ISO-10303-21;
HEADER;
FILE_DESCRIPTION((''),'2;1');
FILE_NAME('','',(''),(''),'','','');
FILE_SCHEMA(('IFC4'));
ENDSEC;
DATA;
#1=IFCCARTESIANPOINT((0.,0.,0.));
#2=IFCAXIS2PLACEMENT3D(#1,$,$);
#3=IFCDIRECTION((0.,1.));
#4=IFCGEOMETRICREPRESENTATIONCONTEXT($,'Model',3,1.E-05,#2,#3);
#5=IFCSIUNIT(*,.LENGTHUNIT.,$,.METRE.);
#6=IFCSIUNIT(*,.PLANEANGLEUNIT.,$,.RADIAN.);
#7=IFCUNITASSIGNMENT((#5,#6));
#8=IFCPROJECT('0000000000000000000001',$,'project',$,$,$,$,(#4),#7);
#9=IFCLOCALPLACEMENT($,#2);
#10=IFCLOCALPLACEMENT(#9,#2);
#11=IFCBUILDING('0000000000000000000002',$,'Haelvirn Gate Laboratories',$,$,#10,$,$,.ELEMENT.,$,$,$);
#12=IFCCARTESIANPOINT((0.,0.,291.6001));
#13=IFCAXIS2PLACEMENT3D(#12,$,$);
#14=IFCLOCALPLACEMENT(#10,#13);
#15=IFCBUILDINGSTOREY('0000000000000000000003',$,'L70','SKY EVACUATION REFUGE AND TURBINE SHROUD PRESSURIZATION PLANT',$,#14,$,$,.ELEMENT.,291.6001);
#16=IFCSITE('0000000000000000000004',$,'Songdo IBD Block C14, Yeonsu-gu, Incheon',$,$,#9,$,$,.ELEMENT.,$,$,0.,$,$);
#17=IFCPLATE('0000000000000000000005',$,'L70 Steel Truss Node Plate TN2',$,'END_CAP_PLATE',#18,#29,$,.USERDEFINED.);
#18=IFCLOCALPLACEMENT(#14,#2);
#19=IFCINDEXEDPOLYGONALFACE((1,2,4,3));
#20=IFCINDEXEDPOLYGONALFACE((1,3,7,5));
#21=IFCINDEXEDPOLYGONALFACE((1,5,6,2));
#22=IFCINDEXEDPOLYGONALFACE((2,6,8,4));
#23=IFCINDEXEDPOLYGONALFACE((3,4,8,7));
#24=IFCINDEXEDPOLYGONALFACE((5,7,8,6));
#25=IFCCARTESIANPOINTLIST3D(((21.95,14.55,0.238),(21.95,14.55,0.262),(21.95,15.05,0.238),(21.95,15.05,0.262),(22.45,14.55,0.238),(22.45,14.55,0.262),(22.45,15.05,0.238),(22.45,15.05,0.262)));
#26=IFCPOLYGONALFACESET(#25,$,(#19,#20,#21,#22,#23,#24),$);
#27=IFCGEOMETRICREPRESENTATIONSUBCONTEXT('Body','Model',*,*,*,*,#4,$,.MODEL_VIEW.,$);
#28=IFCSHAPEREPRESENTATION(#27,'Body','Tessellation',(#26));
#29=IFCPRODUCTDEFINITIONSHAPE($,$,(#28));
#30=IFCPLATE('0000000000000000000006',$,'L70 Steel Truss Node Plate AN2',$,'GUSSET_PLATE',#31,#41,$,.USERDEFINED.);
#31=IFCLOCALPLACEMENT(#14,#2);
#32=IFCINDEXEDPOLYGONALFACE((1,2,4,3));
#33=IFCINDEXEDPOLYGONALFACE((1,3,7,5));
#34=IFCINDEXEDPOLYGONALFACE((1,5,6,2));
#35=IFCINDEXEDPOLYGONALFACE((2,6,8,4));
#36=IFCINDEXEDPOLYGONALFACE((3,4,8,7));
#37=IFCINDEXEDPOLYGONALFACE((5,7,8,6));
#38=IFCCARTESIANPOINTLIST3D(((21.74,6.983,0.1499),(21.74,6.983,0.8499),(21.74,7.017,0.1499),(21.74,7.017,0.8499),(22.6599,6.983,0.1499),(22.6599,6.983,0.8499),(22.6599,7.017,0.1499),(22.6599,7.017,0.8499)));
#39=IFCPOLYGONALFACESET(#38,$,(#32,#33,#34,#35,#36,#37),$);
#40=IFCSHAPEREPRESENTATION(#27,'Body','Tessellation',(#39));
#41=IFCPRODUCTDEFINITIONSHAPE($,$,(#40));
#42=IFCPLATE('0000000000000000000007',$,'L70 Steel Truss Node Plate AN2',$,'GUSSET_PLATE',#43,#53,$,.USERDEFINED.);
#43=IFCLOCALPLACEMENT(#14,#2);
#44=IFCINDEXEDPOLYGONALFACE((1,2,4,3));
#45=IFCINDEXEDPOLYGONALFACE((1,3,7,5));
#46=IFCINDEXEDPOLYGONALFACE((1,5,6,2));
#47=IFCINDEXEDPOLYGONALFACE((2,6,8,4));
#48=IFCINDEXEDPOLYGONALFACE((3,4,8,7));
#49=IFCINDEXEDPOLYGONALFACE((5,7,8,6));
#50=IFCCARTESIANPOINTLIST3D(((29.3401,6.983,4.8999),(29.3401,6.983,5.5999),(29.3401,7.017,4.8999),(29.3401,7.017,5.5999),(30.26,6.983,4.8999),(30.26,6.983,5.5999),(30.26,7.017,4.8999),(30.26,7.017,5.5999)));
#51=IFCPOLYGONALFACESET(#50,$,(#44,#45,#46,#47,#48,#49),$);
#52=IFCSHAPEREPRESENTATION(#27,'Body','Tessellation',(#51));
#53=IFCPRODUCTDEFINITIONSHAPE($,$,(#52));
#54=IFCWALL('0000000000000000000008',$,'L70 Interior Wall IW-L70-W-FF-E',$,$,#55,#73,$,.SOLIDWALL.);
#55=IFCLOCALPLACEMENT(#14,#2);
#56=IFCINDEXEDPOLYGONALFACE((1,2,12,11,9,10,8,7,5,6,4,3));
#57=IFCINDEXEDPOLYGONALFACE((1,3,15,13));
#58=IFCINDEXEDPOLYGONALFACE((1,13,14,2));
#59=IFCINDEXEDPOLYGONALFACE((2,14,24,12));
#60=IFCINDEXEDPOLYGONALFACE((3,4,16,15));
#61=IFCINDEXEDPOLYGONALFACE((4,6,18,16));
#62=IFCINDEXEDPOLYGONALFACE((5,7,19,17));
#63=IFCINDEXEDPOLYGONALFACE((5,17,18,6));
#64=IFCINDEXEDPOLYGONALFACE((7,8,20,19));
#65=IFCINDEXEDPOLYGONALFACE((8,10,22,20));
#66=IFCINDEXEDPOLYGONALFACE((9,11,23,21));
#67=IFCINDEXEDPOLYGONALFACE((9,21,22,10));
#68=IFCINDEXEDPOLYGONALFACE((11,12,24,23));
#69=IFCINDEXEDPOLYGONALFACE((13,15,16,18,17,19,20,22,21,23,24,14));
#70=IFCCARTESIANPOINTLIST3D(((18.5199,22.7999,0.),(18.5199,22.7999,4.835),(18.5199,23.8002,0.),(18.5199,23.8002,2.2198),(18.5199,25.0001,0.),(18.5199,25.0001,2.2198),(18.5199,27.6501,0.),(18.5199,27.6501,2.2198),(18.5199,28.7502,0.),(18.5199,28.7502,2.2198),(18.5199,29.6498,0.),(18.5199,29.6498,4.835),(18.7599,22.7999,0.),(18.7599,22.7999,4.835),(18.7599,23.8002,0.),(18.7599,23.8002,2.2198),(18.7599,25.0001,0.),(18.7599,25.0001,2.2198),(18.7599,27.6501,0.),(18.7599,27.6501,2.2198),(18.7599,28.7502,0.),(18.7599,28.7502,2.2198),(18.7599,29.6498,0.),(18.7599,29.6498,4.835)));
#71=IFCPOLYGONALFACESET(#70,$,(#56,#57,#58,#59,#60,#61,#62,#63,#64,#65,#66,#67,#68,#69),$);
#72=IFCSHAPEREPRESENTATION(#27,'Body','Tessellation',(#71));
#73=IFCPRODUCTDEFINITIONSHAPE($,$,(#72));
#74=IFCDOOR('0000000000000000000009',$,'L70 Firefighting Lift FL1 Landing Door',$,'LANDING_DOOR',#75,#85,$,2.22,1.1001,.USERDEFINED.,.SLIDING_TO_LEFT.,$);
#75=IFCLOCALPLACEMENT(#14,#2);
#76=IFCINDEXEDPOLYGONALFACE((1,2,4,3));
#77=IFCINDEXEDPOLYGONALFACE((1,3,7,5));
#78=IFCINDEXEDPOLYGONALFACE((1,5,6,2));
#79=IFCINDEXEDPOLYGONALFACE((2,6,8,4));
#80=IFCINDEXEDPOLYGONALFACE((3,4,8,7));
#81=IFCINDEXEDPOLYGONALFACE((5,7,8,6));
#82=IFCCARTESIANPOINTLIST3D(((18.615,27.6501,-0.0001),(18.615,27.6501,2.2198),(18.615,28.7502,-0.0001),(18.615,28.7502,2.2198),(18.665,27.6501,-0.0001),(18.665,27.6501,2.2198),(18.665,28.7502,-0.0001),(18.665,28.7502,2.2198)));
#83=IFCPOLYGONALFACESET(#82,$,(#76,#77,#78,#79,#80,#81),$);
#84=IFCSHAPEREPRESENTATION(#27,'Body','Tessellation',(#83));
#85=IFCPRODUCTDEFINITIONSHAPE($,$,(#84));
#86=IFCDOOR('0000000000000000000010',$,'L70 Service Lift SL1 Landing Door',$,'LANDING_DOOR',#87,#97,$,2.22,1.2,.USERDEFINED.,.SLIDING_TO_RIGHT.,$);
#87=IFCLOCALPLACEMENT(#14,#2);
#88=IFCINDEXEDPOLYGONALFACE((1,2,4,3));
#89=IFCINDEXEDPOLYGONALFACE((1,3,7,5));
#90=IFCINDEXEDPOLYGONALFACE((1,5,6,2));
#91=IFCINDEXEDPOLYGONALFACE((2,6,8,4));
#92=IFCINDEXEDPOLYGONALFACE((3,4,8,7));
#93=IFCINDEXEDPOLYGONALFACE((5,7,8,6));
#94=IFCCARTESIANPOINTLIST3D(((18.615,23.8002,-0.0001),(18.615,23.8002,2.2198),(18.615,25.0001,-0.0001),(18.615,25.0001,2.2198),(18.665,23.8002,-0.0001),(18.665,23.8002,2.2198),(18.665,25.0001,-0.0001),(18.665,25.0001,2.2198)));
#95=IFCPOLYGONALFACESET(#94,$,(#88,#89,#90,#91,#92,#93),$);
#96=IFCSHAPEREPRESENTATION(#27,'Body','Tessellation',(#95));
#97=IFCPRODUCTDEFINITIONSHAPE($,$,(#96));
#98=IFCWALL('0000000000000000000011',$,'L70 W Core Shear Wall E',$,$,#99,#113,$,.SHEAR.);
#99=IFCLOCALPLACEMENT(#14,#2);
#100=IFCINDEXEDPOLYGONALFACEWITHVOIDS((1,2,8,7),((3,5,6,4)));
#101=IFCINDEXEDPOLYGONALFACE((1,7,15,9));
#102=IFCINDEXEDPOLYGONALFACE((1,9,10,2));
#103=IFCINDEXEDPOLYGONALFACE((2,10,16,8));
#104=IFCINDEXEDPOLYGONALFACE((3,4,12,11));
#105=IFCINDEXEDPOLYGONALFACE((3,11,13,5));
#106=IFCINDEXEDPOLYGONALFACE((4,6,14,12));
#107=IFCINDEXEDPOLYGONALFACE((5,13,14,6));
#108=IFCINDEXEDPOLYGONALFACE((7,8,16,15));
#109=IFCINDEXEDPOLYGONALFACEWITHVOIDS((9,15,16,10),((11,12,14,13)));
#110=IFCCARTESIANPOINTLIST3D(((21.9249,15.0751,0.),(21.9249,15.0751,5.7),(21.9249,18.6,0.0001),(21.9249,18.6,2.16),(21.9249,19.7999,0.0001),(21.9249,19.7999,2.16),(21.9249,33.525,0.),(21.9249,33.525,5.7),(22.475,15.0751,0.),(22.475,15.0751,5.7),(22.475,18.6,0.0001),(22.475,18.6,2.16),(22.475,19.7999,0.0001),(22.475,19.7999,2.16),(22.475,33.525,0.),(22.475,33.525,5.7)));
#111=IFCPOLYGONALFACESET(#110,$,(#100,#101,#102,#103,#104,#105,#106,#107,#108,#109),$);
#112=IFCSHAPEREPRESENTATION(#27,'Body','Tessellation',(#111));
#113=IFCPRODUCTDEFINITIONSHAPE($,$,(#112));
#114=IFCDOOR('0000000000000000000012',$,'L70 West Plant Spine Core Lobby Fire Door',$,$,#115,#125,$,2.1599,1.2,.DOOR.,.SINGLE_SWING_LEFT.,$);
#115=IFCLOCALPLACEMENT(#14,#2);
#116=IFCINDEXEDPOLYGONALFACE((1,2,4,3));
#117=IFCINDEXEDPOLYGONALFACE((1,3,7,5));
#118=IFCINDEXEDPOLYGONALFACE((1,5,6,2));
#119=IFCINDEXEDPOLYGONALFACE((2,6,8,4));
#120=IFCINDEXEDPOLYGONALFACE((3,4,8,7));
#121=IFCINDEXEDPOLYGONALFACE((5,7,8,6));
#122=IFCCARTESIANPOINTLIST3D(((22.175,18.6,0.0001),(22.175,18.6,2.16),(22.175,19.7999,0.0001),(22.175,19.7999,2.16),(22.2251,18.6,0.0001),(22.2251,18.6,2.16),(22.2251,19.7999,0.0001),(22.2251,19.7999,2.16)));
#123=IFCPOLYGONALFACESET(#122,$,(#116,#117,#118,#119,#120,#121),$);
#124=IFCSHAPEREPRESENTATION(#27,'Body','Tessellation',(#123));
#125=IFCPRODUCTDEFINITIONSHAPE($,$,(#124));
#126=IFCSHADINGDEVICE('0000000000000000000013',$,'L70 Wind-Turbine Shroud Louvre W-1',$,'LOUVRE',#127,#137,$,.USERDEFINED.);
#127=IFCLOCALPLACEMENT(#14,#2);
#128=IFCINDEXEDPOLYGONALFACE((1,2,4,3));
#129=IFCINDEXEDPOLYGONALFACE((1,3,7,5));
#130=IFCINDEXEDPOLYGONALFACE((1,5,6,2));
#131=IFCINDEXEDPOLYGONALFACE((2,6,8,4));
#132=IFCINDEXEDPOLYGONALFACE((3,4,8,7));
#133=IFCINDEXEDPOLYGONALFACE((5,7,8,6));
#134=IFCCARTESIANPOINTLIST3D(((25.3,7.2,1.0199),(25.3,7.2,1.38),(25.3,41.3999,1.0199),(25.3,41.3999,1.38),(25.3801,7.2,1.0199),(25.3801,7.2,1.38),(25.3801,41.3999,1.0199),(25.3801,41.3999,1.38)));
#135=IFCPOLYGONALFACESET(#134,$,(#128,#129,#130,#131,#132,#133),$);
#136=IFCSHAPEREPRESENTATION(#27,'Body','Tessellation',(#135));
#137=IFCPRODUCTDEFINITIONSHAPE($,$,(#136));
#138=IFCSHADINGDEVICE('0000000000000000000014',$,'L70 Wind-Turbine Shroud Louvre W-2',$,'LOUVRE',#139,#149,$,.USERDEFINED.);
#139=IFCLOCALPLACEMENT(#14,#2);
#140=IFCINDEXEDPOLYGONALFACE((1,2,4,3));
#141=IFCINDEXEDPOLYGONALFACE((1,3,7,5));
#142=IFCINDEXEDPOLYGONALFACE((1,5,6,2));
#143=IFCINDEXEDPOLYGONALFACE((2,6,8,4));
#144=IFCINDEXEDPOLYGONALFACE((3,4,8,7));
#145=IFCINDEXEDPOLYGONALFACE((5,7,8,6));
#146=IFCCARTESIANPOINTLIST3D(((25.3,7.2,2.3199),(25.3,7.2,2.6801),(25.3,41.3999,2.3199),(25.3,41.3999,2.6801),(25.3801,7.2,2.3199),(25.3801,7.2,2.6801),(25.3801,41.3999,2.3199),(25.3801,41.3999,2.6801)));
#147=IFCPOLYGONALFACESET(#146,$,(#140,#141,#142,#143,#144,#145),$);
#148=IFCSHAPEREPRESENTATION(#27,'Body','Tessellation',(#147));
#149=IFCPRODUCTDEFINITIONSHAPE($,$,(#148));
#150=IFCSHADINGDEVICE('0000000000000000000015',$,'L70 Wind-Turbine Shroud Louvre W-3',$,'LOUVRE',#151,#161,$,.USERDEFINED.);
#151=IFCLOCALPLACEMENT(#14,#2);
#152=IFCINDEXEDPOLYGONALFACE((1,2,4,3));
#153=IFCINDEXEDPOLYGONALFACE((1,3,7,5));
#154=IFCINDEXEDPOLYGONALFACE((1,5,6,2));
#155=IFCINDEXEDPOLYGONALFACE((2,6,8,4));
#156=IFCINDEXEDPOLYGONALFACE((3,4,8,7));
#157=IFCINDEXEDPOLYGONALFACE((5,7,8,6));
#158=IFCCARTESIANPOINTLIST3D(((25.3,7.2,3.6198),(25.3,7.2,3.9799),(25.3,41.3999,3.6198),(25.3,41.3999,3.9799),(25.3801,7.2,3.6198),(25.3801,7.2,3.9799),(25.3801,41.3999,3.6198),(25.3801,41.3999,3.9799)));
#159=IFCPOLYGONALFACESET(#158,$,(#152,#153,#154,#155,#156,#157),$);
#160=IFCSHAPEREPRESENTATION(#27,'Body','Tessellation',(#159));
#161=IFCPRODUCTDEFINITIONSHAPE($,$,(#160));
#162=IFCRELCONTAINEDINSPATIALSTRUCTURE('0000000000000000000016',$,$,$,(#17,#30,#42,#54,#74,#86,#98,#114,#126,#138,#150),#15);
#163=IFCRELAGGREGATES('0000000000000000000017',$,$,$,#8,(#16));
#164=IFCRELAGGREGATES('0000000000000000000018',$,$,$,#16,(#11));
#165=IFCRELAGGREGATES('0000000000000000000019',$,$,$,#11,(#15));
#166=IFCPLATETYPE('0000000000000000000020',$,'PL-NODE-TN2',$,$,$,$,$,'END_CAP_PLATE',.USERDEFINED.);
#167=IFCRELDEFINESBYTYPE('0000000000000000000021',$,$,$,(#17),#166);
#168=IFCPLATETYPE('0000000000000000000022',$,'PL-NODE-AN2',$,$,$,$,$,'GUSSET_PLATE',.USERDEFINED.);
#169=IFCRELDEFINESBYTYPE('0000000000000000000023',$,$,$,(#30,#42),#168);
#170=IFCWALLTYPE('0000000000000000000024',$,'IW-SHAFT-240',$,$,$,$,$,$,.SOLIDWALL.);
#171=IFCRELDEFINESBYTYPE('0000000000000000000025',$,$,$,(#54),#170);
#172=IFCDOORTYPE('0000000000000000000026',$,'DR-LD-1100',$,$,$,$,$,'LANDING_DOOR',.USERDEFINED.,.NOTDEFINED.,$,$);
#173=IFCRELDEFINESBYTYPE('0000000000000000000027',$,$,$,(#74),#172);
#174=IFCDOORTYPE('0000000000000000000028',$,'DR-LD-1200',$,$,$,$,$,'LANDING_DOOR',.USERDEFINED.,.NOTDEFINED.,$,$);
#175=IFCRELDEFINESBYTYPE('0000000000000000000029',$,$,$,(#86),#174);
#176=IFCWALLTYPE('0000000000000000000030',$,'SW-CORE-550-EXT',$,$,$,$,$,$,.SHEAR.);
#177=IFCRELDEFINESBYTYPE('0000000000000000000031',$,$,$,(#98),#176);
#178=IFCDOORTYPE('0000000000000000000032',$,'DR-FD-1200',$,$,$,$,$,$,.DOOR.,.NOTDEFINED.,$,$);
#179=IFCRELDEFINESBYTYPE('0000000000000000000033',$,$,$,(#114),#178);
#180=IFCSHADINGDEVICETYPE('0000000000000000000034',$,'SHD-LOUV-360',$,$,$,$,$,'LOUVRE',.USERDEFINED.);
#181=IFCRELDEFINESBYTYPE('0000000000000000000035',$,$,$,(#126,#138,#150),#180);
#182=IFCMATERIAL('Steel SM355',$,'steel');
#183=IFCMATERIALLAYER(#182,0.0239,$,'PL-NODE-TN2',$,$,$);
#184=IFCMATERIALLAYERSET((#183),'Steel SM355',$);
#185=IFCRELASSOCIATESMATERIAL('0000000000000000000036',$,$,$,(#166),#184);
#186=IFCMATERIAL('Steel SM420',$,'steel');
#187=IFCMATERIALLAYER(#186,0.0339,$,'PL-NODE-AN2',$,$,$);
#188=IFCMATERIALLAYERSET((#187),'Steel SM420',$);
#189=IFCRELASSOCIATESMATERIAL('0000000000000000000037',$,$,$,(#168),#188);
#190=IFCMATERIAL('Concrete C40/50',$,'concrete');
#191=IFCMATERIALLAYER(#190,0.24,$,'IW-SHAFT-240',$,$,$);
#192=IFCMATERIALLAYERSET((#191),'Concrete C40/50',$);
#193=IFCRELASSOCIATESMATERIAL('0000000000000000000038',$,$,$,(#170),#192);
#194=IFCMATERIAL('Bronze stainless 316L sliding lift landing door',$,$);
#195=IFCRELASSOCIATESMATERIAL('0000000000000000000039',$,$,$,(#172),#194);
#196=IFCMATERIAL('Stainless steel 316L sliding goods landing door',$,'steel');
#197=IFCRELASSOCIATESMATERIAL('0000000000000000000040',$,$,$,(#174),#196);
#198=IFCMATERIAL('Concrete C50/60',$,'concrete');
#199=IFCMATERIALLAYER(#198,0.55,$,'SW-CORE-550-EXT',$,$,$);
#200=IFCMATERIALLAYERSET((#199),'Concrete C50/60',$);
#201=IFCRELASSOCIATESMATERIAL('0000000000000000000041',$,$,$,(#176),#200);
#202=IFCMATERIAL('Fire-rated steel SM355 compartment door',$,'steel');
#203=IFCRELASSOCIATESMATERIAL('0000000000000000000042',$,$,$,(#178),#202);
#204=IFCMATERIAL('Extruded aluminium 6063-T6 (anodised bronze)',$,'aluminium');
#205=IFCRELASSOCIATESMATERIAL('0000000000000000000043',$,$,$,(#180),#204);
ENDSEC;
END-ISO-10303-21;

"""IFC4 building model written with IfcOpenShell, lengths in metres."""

from ifc_helpers import new_model, si_unit, direction, frame, frame_2d, origin, origin_2d, place, context, subcontext, project, spatial, rectangle, extrude, source, transform, mapped, material, layer, layer_set, material_profile, profile_set, type_object, type_shapes, element, fill, save


model = new_model("IFC4")

# Units and contexts
model_context = context("Model", 3, precision=1e-05, world=origin(), true_north=direction((0.0, 1.0)))
body_context = subcontext(model_context, "Body", "Model", "MODEL_VIEW")
ifc_project = project(units=[si_unit("LENGTHUNIT", "METRE"), si_unit("PLANEANGLEUNIT", "RADIAN")], contexts=[model_context])

# Site, building, storey
site_placement = place(None, origin())
site = spatial("IfcSite", under=ifc_project, at=site_placement, Name="Songdo IBD Block C14, Yeonsu-gu, Incheon", CompositionType="ELEMENT", RefElevation=0.0)
building_placement = place(site_placement, origin())
building = spatial("IfcBuilding", under=site, at=building_placement, Name="Haelvirn Gate Laboratories", CompositionType="ELEMENT")
storey_placement = place(building_placement, frame((0.0, 0.0, 291.6001)))
storey = spatial("IfcBuildingStorey", under=building, at=storey_placement, Name="L70", Description="SKY EVACUATION REFUGE AND TURBINE SHROUD PRESSURIZATION PLANT", CompositionType="ELEMENT", Elevation=291.6001)

# Shared definitions
ifc_material_1 = material(Name="Steel SM420", Category="steel")

# Shared definitions
ifc_material_2 = material(Name="Steel SM355", Category="steel")

# Plates
ifc_layer_1 = layer(ifc_material_2, 0.0239, Name="PL-NODE-TN2")
ifc_layer_set_1 = layer_set([ifc_layer_1], Name="Steel SM355")
plate_type_1 = type_object("IfcPlateType", Name="PL-NODE-TN2", ElementType="END_CAP_PLATE", PredefinedType="USERDEFINED", material=ifc_layer_set_1)
shared_shape_1 = source(origin(), body_context, "Body", "SweptSolid", [
    extrude(rectangle(XDim=0.5, YDim=0.5, at=origin_2d()), origin(), (0.0, 0.0, 1.0), 0.0239),
])
type_shapes(plate_type_1, [shared_shape_1])
for number, where, z_axis, x_axis, name in (
    (1, (22.2, 14.8, 0.238), (0.0, 0.0, 1.0), (1.0, 0.0, 0.0), "L70 Steel Truss Node Plate TN2"),
):
    element("IfcPlate", number, at=place(storey_placement, frame(where, z_axis=z_axis, x_axis=x_axis)), inside=storey, type_object=plate_type_1, Name=name, ObjectType="END_CAP_PLATE", PredefinedType="USERDEFINED", context=body_context, shape_type="MappedRepresentation", body=[
        mapped(shared_shape_1, transform((0.0, 0.0, 0.0), scale=1.0)),
    ])
ifc_layer_2 = layer(ifc_material_1, 0.0339, Name="PL-NODE-AN2")
ifc_layer_set_2 = layer_set([ifc_layer_2], Name="Steel SM420")
plate_type_2 = type_object("IfcPlateType", Name="PL-NODE-AN2", ElementType="GUSSET_PLATE", PredefinedType="USERDEFINED", material=ifc_layer_set_2)
shared_shape_2 = source(origin(), body_context, "Body", "SweptSolid", [
    extrude(rectangle(XDim=0.9199, YDim=0.0339, at=origin_2d()), origin(), (0.0, 0.0, 1.0), 0.7),
])
type_shapes(plate_type_2, [shared_shape_2])
for number, where, z_axis, x_axis, name in (
    (2, (22.2, 7.0, 0.1499), (0.0, 0.0, 1.0), (1.0, 0.0, 0.0), "L70 Steel Truss Node Plate AN2"),
    (3, (29.8, 7.0, 4.8999), (0.0, 0.0, 1.0), (1.0, 0.0, 0.0), "L70 Steel Truss Node Plate AN2"),
):
    element("IfcPlate", number, at=place(storey_placement, frame(where, z_axis=z_axis, x_axis=x_axis)), inside=storey, type_object=plate_type_2, Name=name, ObjectType="GUSSET_PLATE", PredefinedType="USERDEFINED", context=body_context, shape_type="MappedRepresentation", body=[
        mapped(shared_shape_2, transform((0.0, 0.0, 0.0), scale=1.0)),
    ])

# Wall, openings, doors
ifc_material_3 = material(Name="Concrete C40/50", Category="concrete")
ifc_layer_3 = layer(ifc_material_3, 0.24, Name="IW-SHAFT-240")
ifc_layer_set_3 = layer_set([ifc_layer_3], Name="Concrete C40/50")
wall_type_1 = type_object("IfcWallType", Name="IW-SHAFT-240", PredefinedType="SOLIDWALL", material=ifc_layer_set_3)
wall_1_placement = place(storey_placement, frame((18.6399, 22.8, 0.0), z_axis=(0.0, 0.0, 1.0), x_axis=(0.0, 1.0, 0.0)))
wall_1 = element("IfcWall", 4, at=wall_1_placement, inside=storey, type_object=wall_type_1, Name="L70 Interior Wall IW-L70-W-FF-E", PredefinedType="SOLIDWALL", context=body_context, shape_type="SweptSolid", body=[
    extrude(rectangle(XDim=6.8499, YDim=0.24, at=frame_2d((3.4248, 0.0))), origin(), (0.0, 0.0, 1.0), 4.835),
])
opening_1_placement = place(wall_1_placement, frame((4.8501, 0.0, 0.0)))
opening_1 = element("IfcOpeningElement", 5, at=opening_1_placement, cuts=wall_1, PredefinedType="OPENING", context=body_context, shape_type="SweptSolid", body=[
    extrude(rectangle(XDim=1.1001, YDim=2.22, at=frame_2d((0.55, 1.1099))), frame((0.0, 0.1299, 0.0), z_axis=(0.0, -1.0, 0.0), x_axis=(1.0, 0.0, 0.0)), (0.0, 0.0, 1.0), 0.26),
])
opening_2_placement = place(wall_1_placement, frame((1.0, 0.0, 0.0)))
opening_2 = element("IfcOpeningElement", 6, at=opening_2_placement, cuts=wall_1, PredefinedType="OPENING", context=body_context, shape_type="SweptSolid", body=[
    extrude(rectangle(XDim=1.2, YDim=2.22, at=frame_2d((0.6001, 1.1099))), frame((0.0, 0.1299, 0.0), z_axis=(0.0, -1.0, 0.0), x_axis=(1.0, 0.0, 0.0)), (0.0, 0.0, 1.0), 0.26),
])
ifc_material_4 = material(Name="Bronze stainless 316L sliding lift landing door")
door_type_1 = type_object("IfcDoorType", Name="DR-LD-1100", ElementType="LANDING_DOOR", OperationType="NOTDEFINED", PredefinedType="USERDEFINED", material=ifc_material_4)
shared_shape_3 = source(origin(), body_context, "Body", "SweptSolid", [
    extrude(rectangle(XDim=1.1001, YDim=2.22, at=frame_2d((0.55, 1.1099))), frame((0.0, 0.0249, 0.0), z_axis=(0.0, -1.0, 0.0), x_axis=(1.0, 0.0, 0.0)), (0.0, 0.0, 1.0), 0.05),
])
type_shapes(door_type_1, [shared_shape_3])
door_1_placement = place(opening_1_placement, origin())
door_1 = element("IfcDoor", 7, at=door_1_placement, inside=storey, type_object=door_type_1, Name="L70 Firefighting Lift FL1 Landing Door", ObjectType="LANDING_DOOR", OperationType="SLIDING_TO_LEFT", OverallHeight=2.22, OverallWidth=1.1001, PredefinedType="USERDEFINED", context=body_context, shape_type="MappedRepresentation", body=[
    mapped(shared_shape_3, transform((0.0, 0.0, 0.0), scale=1.0)),
])
fill(opening_1, door_1)
ifc_material_5 = material(Name="Stainless steel 316L sliding goods landing door", Category="steel")
door_type_2 = type_object("IfcDoorType", Name="DR-LD-1200", ElementType="LANDING_DOOR", OperationType="NOTDEFINED", PredefinedType="USERDEFINED", material=ifc_material_5)
shared_shape_4 = source(origin(), body_context, "Body", "SweptSolid", [
    extrude(rectangle(XDim=1.2, YDim=2.22, at=frame_2d((0.6001, 1.1099))), frame((0.0, 0.0249, 0.0), z_axis=(0.0, -1.0, 0.0), x_axis=(1.0, 0.0, 0.0)), (0.0, 0.0, 1.0), 0.05),
])
type_shapes(door_type_2, [shared_shape_4])
door_2_placement = place(opening_2_placement, origin())
door_2 = element("IfcDoor", 8, at=door_2_placement, inside=storey, type_object=door_type_2, Name="L70 Service Lift SL1 Landing Door", ObjectType="LANDING_DOOR", OperationType="SLIDING_TO_RIGHT", OverallHeight=2.22, OverallWidth=1.2, PredefinedType="USERDEFINED", context=body_context, shape_type="MappedRepresentation", body=[
    mapped(shared_shape_4, transform((0.0, 0.0, 0.0), scale=1.0)),
])
fill(opening_2, door_2)

# Wall, opening, door
ifc_material_6 = material(Name="Concrete C50/60", Category="concrete")
ifc_layer_4 = layer(ifc_material_6, 0.55, Name="SW-CORE-550-EXT")
ifc_layer_set_4 = layer_set([ifc_layer_4], Name="Concrete C50/60")
wall_type_2 = type_object("IfcWallType", Name="SW-CORE-550-EXT", PredefinedType="SHEAR", material=ifc_layer_set_4)
wall_2_placement = place(storey_placement, frame((22.2, 15.075, 0.0), z_axis=(0.0, 0.0, 1.0), x_axis=(0.0, 1.0, 0.0)))
wall_2 = element("IfcWall", 9, at=wall_2_placement, inside=storey, type_object=wall_type_2, Name="L70 W Core Shear Wall E", PredefinedType="SHEAR", context=body_context, shape_type="SweptSolid", body=[
    extrude(rectangle(XDim=18.45, YDim=0.55, at=frame_2d((9.2251, 0.0))), origin(), (0.0, 0.0, 1.0), 5.7),
])
opening_3_placement = place(wall_2_placement, frame((3.5249, 0.0, 0.0)))
opening_3 = element("IfcOpeningElement", 10, at=opening_3_placement, cuts=wall_2, PredefinedType="OPENING", context=body_context, shape_type="SweptSolid", body=[
    extrude(rectangle(XDim=1.2, YDim=2.1599, at=frame_2d((0.6001, 1.0801))), frame((0.0, 0.2852, 0.0), z_axis=(0.0, -1.0, 0.0), x_axis=(1.0, 0.0, 0.0)), (0.0, 0.0, 1.0), 0.5701),
])
ifc_material_7 = material(Name="Fire-rated steel SM355 compartment door", Category="steel")
door_type_3 = type_object("IfcDoorType", Name="DR-FD-1200", OperationType="NOTDEFINED", PredefinedType="DOOR", material=ifc_material_7)
shared_shape_5 = source(origin(), body_context, "Body", "SweptSolid", [
    extrude(rectangle(XDim=1.2, YDim=2.1599, at=frame_2d((0.6001, 1.0801))), frame((0.0, 0.0249, 0.0), z_axis=(0.0, -1.0, 0.0), x_axis=(1.0, 0.0, 0.0)), (0.0, 0.0, 1.0), 0.05),
])
type_shapes(door_type_3, [shared_shape_5])
door_3_placement = place(opening_3_placement, origin())
door_3 = element("IfcDoor", 11, at=door_3_placement, inside=storey, type_object=door_type_3, Name="L70 West Plant Spine Core Lobby Fire Door", OperationType="SINGLE_SWING_LEFT", OverallHeight=2.1599, OverallWidth=1.2, PredefinedType="DOOR", context=body_context, shape_type="MappedRepresentation", body=[
    mapped(shared_shape_5, transform((0.0, 0.0, 0.0), scale=1.0)),
])
fill(opening_3, door_3)

# Shading devices
ifc_material_8 = material(Name="Extruded aluminium 6063-T6 (anodised bronze)", Category="aluminium")
ifc_material_profile_1 = material_profile(ifc_material_8, rectangle(XDim=0.0801, YDim=0.3601, at=origin_2d()), Name="LOUV-360x80")
ifc_profile_set_1 = profile_set([ifc_material_profile_1], Name="Extruded aluminium 6063-T6 (anodised bronze)")
shading_device_type = type_object("IfcShadingDeviceType", Name="SHD-LOUV-360", ElementType="LOUVRE", PredefinedType="USERDEFINED", material=ifc_profile_set_1)
shared_shape_6 = source(origin(), body_context, "Body", "SweptSolid", [
    extrude(rectangle(XDim=0.0801, YDim=0.3601, at=origin_2d()), origin(), (0.0, 0.0, 1.0), 34.2),
])
type_shapes(shading_device_type, [shared_shape_6])
for number, where, z_axis, x_axis, name in (
    (12, (25.3401, 7.2, 1.2), (0.0, 1.0, 0.0), (-1.0, 0.0, 0.0), "L70 Wind-Turbine Shroud Louvre W-1"),
    (13, (25.3401, 7.2, 2.5), (0.0, 1.0, 0.0), (-1.0, 0.0, 0.0), "L70 Wind-Turbine Shroud Louvre W-2"),
    (14, (25.3401, 7.2, 3.7998), (0.0, 1.0, 0.0), (-1.0, 0.0, 0.0), "L70 Wind-Turbine Shroud Louvre W-3"),
):
    element("IfcShadingDevice", number, at=place(storey_placement, frame(where, z_axis=z_axis, x_axis=x_axis)), inside=storey, type_object=shading_device_type, Name=name, ObjectType="LOUVRE", PredefinedType="USERDEFINED", context=body_context, shape_type="MappedRepresentation", body=[
        mapped(shared_shape_6, transform((0.0, 0.0, 0.0), scale=1.0)),
    ])

save(model, "model.ifc")
